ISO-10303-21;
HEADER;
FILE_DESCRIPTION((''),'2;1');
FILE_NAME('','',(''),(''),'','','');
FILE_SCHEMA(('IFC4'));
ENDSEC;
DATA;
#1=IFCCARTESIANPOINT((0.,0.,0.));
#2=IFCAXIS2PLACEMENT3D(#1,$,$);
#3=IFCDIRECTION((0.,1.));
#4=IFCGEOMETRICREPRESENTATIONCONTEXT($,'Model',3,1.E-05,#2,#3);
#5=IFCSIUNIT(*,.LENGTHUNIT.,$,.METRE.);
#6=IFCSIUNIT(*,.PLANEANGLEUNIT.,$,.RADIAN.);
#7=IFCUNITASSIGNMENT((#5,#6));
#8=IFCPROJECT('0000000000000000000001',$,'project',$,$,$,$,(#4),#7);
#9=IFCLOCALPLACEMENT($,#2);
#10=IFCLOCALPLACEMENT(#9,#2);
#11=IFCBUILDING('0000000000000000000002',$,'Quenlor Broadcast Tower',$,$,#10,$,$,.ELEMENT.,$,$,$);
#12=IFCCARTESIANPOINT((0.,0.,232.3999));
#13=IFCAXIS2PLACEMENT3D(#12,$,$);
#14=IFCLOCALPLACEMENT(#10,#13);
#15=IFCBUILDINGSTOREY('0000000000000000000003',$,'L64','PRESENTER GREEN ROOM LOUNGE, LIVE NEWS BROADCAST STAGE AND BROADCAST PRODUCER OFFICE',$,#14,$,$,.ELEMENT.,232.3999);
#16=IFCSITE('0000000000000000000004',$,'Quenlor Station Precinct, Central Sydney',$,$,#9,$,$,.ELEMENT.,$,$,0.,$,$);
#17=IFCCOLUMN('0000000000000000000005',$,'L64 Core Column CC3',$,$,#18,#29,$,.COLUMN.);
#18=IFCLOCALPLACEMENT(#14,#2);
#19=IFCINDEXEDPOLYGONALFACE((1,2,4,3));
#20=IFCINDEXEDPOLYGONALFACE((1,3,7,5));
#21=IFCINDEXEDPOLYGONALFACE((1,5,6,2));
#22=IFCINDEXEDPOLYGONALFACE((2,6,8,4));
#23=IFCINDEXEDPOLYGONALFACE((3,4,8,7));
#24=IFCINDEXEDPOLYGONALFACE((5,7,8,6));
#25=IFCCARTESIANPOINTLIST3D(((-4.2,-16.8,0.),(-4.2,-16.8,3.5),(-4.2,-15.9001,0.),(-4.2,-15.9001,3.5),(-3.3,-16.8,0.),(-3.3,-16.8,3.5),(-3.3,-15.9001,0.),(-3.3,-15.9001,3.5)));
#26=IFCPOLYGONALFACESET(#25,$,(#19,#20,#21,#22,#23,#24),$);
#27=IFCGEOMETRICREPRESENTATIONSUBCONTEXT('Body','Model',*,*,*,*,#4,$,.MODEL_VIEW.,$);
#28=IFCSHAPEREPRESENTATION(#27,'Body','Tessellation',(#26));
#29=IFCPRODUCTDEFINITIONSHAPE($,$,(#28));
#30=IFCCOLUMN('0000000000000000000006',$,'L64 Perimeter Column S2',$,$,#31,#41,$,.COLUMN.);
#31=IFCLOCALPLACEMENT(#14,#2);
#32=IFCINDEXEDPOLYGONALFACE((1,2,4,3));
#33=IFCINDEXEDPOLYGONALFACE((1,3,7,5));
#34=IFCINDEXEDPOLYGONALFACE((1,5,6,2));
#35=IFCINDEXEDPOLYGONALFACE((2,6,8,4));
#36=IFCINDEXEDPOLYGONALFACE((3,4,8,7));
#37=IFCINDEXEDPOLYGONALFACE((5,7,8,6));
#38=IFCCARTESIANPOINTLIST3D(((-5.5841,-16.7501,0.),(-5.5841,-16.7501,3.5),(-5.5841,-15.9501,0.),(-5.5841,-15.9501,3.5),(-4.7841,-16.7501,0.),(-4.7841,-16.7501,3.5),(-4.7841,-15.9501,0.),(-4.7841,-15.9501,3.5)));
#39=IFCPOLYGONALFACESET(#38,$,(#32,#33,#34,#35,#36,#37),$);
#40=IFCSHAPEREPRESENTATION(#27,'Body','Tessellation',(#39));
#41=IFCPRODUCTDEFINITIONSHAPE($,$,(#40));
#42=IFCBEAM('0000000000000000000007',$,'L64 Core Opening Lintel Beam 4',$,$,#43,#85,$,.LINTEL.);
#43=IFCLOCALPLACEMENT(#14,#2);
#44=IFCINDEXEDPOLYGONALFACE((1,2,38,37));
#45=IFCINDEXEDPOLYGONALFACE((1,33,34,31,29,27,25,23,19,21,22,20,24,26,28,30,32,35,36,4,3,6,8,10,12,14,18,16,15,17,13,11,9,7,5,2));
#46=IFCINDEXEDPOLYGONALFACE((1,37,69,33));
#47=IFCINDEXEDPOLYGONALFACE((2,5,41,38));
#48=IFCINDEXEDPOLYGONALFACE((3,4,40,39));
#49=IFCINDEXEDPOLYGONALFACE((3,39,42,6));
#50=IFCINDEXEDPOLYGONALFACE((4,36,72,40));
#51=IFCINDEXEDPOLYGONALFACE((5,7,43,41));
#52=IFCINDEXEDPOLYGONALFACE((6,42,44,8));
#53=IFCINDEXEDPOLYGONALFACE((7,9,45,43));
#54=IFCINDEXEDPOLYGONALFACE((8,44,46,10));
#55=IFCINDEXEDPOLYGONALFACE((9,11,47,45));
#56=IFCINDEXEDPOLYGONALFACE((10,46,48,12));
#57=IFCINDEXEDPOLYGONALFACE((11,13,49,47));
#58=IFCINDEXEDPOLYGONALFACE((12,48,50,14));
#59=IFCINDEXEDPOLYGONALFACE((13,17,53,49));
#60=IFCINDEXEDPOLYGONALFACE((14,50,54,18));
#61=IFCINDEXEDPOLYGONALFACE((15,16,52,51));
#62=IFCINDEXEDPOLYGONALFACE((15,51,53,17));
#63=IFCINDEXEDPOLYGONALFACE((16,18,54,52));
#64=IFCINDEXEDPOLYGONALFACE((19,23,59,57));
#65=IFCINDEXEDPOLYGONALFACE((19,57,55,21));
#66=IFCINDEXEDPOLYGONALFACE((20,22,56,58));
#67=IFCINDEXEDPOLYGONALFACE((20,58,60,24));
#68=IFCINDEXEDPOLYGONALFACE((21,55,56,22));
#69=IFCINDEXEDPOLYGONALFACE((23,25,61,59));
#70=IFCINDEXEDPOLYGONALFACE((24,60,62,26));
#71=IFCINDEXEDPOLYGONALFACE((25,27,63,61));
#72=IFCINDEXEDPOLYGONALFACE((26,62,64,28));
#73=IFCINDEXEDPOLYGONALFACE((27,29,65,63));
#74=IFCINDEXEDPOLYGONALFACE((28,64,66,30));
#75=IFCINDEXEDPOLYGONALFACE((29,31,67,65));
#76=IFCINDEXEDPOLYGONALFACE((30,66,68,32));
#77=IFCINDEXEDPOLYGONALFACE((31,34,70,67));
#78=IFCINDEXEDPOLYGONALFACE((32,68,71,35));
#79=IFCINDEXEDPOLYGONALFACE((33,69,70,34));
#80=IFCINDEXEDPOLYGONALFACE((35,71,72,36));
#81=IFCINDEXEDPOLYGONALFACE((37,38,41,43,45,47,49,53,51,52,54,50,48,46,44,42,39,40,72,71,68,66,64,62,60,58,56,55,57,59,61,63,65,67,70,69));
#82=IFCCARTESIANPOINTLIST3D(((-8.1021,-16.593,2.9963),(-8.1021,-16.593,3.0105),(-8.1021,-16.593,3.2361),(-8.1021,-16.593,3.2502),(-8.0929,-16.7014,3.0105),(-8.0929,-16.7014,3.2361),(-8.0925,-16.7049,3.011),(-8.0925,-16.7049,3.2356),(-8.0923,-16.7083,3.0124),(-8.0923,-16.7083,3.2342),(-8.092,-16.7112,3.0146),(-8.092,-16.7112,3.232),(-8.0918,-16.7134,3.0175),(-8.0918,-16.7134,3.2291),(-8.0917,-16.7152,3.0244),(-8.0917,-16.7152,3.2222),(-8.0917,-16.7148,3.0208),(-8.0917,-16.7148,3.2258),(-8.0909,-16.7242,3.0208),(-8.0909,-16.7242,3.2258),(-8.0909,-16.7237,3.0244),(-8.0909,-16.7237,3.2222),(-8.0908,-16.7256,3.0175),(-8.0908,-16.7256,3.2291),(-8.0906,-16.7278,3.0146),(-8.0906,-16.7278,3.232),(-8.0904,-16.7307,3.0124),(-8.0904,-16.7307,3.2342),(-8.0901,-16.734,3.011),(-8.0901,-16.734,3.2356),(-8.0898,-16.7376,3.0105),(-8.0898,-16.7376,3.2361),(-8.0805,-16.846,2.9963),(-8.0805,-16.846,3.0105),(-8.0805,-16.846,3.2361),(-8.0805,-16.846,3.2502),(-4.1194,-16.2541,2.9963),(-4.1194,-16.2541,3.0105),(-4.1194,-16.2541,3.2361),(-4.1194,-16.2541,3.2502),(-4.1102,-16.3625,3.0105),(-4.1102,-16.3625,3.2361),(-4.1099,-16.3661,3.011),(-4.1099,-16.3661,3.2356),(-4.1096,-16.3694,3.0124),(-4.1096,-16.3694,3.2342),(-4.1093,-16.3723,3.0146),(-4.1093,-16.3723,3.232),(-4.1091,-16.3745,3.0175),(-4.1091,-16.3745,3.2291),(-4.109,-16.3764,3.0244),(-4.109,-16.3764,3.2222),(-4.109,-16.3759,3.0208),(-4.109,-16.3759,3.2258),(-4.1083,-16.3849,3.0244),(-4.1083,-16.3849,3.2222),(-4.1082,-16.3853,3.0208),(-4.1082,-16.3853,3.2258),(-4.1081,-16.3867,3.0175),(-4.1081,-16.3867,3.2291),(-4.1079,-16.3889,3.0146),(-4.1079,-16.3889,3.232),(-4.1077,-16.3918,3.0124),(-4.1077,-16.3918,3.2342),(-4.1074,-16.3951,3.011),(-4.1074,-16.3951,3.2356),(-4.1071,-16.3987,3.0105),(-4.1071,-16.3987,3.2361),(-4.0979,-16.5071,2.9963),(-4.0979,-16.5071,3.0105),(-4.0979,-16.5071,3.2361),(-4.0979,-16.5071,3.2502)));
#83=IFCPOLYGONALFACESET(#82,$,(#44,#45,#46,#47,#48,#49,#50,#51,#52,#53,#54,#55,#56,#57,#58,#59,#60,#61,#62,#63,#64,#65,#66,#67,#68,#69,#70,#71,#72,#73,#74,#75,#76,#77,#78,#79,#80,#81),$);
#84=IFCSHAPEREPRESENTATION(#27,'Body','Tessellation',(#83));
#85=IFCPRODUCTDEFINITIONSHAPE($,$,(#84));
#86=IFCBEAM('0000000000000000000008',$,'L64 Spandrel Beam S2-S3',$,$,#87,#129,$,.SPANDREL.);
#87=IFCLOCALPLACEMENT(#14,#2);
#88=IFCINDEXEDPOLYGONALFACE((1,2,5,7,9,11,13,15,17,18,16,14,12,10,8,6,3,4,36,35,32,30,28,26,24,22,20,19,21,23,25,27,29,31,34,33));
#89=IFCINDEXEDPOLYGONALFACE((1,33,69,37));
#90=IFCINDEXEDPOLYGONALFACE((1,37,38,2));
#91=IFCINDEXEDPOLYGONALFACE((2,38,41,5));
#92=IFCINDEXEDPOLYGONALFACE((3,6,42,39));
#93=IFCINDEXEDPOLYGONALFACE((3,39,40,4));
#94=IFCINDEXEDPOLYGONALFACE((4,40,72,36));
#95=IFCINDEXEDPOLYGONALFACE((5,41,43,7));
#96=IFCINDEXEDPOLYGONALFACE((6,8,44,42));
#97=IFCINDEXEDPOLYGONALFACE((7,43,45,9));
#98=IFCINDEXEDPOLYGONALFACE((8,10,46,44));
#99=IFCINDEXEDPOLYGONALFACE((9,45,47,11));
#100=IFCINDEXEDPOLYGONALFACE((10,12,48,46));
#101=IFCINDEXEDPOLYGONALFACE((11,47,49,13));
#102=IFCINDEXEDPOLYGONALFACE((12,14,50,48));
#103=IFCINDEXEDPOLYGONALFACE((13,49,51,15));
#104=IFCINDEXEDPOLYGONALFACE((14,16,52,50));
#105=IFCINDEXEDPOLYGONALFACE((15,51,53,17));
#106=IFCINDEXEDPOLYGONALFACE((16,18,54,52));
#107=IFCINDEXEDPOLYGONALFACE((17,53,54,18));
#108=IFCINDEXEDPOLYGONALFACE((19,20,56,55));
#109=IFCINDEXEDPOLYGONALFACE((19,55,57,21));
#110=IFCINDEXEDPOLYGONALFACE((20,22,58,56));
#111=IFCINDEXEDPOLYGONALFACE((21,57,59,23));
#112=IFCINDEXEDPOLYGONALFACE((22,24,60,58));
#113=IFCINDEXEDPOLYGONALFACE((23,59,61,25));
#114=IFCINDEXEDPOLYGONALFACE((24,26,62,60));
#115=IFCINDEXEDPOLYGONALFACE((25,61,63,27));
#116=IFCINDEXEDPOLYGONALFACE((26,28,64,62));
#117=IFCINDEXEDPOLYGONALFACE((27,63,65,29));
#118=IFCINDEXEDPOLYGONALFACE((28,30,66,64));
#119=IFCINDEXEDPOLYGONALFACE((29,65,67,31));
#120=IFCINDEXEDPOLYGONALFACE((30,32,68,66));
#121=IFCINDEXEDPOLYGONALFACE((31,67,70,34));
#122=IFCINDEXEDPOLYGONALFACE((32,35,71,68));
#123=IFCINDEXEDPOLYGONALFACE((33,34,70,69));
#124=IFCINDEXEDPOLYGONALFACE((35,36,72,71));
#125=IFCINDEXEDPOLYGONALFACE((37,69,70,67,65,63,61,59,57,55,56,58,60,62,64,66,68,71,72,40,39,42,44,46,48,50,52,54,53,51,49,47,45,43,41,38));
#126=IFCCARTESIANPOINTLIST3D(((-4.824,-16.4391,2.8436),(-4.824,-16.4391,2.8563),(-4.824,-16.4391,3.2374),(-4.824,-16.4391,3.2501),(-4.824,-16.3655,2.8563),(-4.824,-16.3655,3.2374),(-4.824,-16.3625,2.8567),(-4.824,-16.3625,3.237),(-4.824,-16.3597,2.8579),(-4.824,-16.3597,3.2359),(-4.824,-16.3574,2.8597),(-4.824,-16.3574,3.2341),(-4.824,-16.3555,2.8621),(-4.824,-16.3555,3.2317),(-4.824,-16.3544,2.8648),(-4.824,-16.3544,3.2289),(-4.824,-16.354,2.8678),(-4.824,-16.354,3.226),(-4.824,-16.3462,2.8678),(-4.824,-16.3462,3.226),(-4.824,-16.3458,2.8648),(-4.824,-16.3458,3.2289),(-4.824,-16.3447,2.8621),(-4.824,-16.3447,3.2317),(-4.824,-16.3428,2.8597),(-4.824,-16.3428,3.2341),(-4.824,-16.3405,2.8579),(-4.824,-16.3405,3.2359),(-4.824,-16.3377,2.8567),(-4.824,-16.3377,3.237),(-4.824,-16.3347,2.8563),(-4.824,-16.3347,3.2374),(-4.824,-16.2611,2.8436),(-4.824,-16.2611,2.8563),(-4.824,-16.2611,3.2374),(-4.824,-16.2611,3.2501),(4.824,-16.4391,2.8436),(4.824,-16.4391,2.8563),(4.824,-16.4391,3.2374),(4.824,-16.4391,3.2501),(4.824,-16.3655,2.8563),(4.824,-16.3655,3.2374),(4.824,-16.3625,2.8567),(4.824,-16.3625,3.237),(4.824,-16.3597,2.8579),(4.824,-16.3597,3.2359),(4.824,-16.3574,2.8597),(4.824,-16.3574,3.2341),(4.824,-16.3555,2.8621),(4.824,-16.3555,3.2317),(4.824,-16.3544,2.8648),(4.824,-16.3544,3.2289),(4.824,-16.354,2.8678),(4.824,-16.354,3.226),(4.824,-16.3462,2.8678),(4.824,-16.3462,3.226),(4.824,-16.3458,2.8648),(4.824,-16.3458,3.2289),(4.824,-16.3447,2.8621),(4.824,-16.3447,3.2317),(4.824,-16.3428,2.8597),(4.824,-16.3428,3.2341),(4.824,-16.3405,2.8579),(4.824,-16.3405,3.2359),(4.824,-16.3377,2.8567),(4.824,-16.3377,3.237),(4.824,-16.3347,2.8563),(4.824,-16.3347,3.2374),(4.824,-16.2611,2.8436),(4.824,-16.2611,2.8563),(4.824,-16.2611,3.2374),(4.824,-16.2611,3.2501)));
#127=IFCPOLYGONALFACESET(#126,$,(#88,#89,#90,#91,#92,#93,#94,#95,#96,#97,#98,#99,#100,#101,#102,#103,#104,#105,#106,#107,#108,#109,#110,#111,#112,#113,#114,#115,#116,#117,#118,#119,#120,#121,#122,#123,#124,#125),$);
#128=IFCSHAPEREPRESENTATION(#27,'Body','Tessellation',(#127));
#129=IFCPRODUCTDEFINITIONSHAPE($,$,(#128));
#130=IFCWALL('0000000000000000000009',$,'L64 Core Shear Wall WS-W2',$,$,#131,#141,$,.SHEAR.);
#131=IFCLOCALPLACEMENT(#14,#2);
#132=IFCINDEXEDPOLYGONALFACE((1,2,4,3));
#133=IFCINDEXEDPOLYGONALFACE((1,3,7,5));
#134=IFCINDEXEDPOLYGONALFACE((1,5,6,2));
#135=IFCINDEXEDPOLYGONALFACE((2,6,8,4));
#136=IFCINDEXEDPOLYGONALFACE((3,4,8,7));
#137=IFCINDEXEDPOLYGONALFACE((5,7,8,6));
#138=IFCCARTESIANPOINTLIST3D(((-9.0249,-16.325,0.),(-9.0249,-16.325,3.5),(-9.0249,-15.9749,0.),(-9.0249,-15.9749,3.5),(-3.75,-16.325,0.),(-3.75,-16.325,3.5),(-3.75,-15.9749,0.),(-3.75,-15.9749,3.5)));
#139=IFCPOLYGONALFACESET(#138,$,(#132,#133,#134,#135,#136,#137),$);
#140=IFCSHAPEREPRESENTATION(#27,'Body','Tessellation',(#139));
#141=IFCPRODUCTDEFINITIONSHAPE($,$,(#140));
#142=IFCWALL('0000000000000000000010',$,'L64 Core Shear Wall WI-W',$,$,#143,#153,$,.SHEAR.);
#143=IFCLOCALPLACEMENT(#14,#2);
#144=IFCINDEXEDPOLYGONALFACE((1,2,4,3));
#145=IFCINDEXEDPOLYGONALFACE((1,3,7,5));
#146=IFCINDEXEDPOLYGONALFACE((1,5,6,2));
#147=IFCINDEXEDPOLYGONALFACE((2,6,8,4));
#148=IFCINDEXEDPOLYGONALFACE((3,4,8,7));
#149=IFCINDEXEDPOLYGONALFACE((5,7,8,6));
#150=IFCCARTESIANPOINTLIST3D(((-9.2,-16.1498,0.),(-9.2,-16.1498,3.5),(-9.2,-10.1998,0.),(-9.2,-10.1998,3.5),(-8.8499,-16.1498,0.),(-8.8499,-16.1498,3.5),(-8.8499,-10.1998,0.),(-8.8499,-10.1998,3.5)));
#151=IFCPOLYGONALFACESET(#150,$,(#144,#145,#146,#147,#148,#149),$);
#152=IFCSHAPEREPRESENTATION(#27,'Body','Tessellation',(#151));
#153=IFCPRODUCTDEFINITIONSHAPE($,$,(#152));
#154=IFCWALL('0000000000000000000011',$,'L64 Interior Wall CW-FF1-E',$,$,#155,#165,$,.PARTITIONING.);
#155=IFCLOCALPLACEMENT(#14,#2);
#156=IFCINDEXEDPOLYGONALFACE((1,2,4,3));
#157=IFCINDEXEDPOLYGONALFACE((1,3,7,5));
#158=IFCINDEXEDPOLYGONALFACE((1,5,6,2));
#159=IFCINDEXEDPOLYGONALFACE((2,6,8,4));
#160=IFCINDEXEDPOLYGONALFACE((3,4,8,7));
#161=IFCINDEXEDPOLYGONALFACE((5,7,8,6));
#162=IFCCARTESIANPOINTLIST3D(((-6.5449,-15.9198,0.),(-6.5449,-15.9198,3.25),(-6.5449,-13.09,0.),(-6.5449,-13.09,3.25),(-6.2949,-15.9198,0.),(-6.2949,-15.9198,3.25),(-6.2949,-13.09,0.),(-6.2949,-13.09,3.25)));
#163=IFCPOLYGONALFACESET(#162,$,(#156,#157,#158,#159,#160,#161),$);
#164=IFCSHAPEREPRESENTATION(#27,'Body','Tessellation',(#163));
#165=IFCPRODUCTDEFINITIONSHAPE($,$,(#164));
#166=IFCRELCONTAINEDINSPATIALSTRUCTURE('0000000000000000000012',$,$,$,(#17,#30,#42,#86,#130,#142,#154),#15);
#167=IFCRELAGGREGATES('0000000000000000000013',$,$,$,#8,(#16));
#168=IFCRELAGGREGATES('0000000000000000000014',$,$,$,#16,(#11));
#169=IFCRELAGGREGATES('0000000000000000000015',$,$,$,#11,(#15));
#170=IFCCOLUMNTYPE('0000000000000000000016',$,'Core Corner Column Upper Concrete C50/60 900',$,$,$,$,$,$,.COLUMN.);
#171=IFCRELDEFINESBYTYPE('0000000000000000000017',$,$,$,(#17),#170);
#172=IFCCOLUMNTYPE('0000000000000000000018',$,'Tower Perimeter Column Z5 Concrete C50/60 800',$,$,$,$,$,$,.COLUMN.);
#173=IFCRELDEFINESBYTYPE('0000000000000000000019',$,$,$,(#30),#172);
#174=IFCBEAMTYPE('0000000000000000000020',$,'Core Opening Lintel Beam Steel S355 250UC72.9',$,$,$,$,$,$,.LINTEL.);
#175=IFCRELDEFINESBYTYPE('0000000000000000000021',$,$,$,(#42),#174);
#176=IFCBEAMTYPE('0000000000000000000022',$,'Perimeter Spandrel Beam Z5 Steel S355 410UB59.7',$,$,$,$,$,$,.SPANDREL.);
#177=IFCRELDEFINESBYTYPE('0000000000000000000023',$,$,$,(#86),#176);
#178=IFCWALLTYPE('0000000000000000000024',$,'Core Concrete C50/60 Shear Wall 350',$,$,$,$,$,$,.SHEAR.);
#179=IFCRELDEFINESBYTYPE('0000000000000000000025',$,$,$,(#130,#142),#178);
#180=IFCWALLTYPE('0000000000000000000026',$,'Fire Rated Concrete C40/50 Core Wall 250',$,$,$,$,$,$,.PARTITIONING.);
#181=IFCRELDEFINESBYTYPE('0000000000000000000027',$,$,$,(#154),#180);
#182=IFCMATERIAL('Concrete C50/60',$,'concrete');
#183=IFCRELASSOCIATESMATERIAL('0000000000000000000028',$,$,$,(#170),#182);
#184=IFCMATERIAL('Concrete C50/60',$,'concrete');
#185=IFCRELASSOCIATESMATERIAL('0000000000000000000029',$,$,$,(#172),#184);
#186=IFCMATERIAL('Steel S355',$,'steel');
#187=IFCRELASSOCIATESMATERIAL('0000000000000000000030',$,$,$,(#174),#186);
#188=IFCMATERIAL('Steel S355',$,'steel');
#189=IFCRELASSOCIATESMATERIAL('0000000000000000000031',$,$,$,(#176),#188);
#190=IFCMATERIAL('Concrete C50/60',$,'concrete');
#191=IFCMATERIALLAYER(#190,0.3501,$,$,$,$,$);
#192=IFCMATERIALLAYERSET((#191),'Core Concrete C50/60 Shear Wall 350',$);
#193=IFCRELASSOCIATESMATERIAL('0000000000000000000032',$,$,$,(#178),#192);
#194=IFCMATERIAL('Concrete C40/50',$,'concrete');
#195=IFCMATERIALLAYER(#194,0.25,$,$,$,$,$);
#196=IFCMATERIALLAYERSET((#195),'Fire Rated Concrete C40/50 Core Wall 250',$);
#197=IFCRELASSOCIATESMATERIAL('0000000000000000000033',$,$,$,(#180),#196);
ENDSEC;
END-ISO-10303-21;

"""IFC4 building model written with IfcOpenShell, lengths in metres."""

from ifc_helpers import new_model, si_unit, direction, frame, frame_2d, origin, origin_2d, place, context, subcontext, project, spatial, rectangle, i_section, extrude, material, layer, layer_set, material_profile, profile_set, type_object, element, save


model = new_model("IFC4")

# Units and contexts
model_context = context("Model", 3, precision=1e-05, world=origin(), true_north=direction((0.0, 1.0)))
body_context = subcontext(model_context, "Body", "Model", "MODEL_VIEW")
ifc_project = project(units=[si_unit("LENGTHUNIT", "METRE"), si_unit("PLANEANGLEUNIT", "RADIAN")], contexts=[model_context])

# Site, building, storey
site_placement = place(None, origin())
site = spatial("IfcSite", under=ifc_project, at=site_placement, Name="Quenlor Station Precinct, Central Sydney", CompositionType="ELEMENT", RefElevation=0.0)
building_placement = place(site_placement, origin())
building = spatial("IfcBuilding", under=site, at=building_placement, Name="Quenlor Broadcast Tower", CompositionType="ELEMENT")
storey_placement = place(building_placement, frame((0.0, 0.0, 232.3999)))
storey = spatial("IfcBuildingStorey", under=building, at=storey_placement, Name="L64", Description="PRESENTER GREEN ROOM LOUNGE, LIVE NEWS BROADCAST STAGE AND BROADCAST PRODUCER OFFICE", CompositionType="ELEMENT", Elevation=232.3999)

# Columns
ifc_material_1 = material(Name="Concrete C50/60", Category="concrete")
ifc_material_profile_1 = material_profile(ifc_material_1, rectangle(XDim=0.8999, YDim=0.8999, at=origin_2d()))
ifc_profile_set_1 = profile_set([ifc_material_profile_1], Name="Concrete C50/60 RC900x900")
column_type_1 = type_object("IfcColumnType", Name="Core Corner Column Upper Concrete C50/60 900", PredefinedType="COLUMN", material=ifc_profile_set_1)
column_1_placement = place(storey_placement, frame((-3.75, -16.3501, 0.0), z_axis=(0.0, 0.0, 1.0), x_axis=(1.0, 0.0, 0.0)))
element("IfcColumn", 1, at=column_1_placement, inside=storey, type_object=column_type_1, Name="L64 Core Column CC3", PredefinedType="COLUMN", context=body_context, shape_type="SweptSolid", body=[
    extrude(rectangle(XDim=0.8999, YDim=0.8999, at=origin_2d()), origin(), (0.0, 0.0, 1.0), 3.5),
])
ifc_material_2 = material(Name="Concrete C50/60", Category="concrete")
ifc_material_profile_2 = material_profile(ifc_material_2, rectangle(XDim=0.8, YDim=0.8, at=origin_2d()))
ifc_profile_set_2 = profile_set([ifc_material_profile_2], Name="Concrete C50/60 RC800x800")
column_type_2 = type_object("IfcColumnType", Name="Tower Perimeter Column Z5 Concrete C50/60 800", PredefinedType="COLUMN", material=ifc_profile_set_2)
column_2_placement = place(storey_placement, frame((-5.1841, -16.3501, 0.0), z_axis=(0.0, 0.0, 1.0), x_axis=(0.0, 1.0, 0.0)))
element("IfcColumn", 2, at=column_2_placement, inside=storey, type_object=column_type_2, Name="L64 Perimeter Column S2", PredefinedType="COLUMN", context=body_context, shape_type="SweptSolid", body=[
    extrude(rectangle(XDim=0.8, YDim=0.8, at=origin_2d()), origin(), (0.0, 0.0, 1.0), 3.5),
])

# Beams
ifc_material_3 = material(Name="Steel S355", Category="steel")
ifc_material_profile_3 = material_profile(ifc_material_3, i_section(OverallWidth=0.2539, OverallDepth=0.2539, WebThickness=0.0085, FlangeThickness=0.0142, FilletRadius=0.0139, at=origin_2d()))
ifc_profile_set_3 = profile_set([ifc_material_profile_3], Name="Steel S355 250UC72.9")
beam_type_1 = type_object("IfcBeamType", Name="Core Opening Lintel Beam Steel S355 250UC72.9", PredefinedType="LINTEL", material=ifc_profile_set_3)
beam_1_placement = place(storey_placement, frame((-8.0913, -16.7195, 3.1233), z_axis=(0.9964, 0.084779, 0.0), x_axis=(-0.084779, 0.9964, 0.0)))
element("IfcBeam", 3, at=beam_1_placement, inside=storey, type_object=beam_type_1, Name="L64 Core Opening Lintel Beam 4", PredefinedType="LINTEL", context=body_context, shape_type="SweptSolid", body=[
    extrude(i_section(OverallWidth=0.2539, OverallDepth=0.2539, WebThickness=0.0085, FlangeThickness=0.0142, FilletRadius=0.0139, at=origin_2d()), origin(), (0.0, 0.0, 1.0), 3.9971),
])
ifc_material_4 = material(Name="Steel S355", Category="steel")
ifc_material_profile_4 = material_profile(ifc_material_4, i_section(OverallWidth=0.178, OverallDepth=0.4065, WebThickness=0.0078, FlangeThickness=0.0127, FilletRadius=0.0115, at=origin_2d()))
ifc_profile_set_4 = profile_set([ifc_material_profile_4], Name="Steel S355 410UB59.7")
beam_type_2 = type_object("IfcBeamType", Name="Perimeter Spandrel Beam Z5 Steel S355 410UB59.7", PredefinedType="SPANDREL", material=ifc_profile_set_4)
beam_2_placement = place(storey_placement, frame((-4.824, -16.3501, 3.0469), z_axis=(1.0, 0.0, 0.0), x_axis=(0.0, 1.0, 0.0)))
element("IfcBeam", 4, at=beam_2_placement, inside=storey, type_object=beam_type_2, Name="L64 Spandrel Beam S2-S3", PredefinedType="SPANDREL", context=body_context, shape_type="SweptSolid", body=[
    extrude(i_section(OverallWidth=0.178, OverallDepth=0.4065, WebThickness=0.0078, FlangeThickness=0.0127, FilletRadius=0.0115, at=origin_2d()), origin(), (0.0, 0.0, 1.0), 9.6479),
])

# Walls
ifc_material_5 = material(Name="Concrete C50/60", Category="concrete")
ifc_layer_1 = layer(ifc_material_5, 0.3501)
ifc_layer_set_1 = layer_set([ifc_layer_1], Name="Core Concrete C50/60 Shear Wall 350")
wall_type_1 = type_object("IfcWallType", Name="Core Concrete C50/60 Shear Wall 350", PredefinedType="SHEAR", material=ifc_layer_set_1)
wall_1_placement = place(storey_placement, frame((-9.0249, -16.1499, 0.0), z_axis=(0.0, 0.0, 1.0), x_axis=(1.0, 0.0, 0.0)))
element("IfcWall", 5, at=wall_1_placement, inside=storey, type_object=wall_type_1, Name="L64 Core Shear Wall WS-W2", PredefinedType="SHEAR", context=body_context, shape_type="SweptSolid", body=[
    extrude(rectangle(XDim=5.2749, YDim=0.3501, at=frame_2d((2.6375, 0.0))), origin(), (0.0, 0.0, 1.0), 3.5),
])
wall_2_placement = place(storey_placement, frame((-9.0249, -16.1499, 0.0), z_axis=(0.0, 0.0, 1.0), x_axis=(0.0, 1.0, 0.0)))
element("IfcWall", 6, at=wall_2_placement, inside=storey, type_object=wall_type_1, Name="L64 Core Shear Wall WI-W", PredefinedType="SHEAR", context=body_context, shape_type="SweptSolid", body=[
    extrude(rectangle(XDim=5.95, YDim=0.3501, at=frame_2d((2.9751, 0.0))), origin(), (0.0, 0.0, 1.0), 3.5),
])

# Shared definitions
ifc_material_6 = material(Name="Concrete C40/50", Category="concrete")
ifc_layer_2 = layer(ifc_material_6, 0.25)
ifc_layer_set_2 = layer_set([ifc_layer_2], Name="Fire Rated Concrete C40/50 Core Wall 250")
wall_type_2 = type_object("IfcWallType", Name="Fire Rated Concrete C40/50 Core Wall 250", PredefinedType="PARTITIONING", material=ifc_layer_set_2)

# Wall
wall_3_placement = place(storey_placement, frame((-6.4199, -15.9199, 0.0), z_axis=(0.0, 0.0, 1.0), x_axis=(0.0, 1.0, 0.0)))
element("IfcWall", 7, at=wall_3_placement, inside=storey, type_object=wall_type_2, Name="L64 Interior Wall CW-FF1-E", PredefinedType="PARTITIONING", context=body_context, shape_type="SweptSolid", body=[
    extrude(rectangle(XDim=2.8298, YDim=0.25, at=frame_2d((1.415, 0.0))), origin(), (0.0, 0.0, 1.0), 3.25),
])

save(model, "model.ifc")
